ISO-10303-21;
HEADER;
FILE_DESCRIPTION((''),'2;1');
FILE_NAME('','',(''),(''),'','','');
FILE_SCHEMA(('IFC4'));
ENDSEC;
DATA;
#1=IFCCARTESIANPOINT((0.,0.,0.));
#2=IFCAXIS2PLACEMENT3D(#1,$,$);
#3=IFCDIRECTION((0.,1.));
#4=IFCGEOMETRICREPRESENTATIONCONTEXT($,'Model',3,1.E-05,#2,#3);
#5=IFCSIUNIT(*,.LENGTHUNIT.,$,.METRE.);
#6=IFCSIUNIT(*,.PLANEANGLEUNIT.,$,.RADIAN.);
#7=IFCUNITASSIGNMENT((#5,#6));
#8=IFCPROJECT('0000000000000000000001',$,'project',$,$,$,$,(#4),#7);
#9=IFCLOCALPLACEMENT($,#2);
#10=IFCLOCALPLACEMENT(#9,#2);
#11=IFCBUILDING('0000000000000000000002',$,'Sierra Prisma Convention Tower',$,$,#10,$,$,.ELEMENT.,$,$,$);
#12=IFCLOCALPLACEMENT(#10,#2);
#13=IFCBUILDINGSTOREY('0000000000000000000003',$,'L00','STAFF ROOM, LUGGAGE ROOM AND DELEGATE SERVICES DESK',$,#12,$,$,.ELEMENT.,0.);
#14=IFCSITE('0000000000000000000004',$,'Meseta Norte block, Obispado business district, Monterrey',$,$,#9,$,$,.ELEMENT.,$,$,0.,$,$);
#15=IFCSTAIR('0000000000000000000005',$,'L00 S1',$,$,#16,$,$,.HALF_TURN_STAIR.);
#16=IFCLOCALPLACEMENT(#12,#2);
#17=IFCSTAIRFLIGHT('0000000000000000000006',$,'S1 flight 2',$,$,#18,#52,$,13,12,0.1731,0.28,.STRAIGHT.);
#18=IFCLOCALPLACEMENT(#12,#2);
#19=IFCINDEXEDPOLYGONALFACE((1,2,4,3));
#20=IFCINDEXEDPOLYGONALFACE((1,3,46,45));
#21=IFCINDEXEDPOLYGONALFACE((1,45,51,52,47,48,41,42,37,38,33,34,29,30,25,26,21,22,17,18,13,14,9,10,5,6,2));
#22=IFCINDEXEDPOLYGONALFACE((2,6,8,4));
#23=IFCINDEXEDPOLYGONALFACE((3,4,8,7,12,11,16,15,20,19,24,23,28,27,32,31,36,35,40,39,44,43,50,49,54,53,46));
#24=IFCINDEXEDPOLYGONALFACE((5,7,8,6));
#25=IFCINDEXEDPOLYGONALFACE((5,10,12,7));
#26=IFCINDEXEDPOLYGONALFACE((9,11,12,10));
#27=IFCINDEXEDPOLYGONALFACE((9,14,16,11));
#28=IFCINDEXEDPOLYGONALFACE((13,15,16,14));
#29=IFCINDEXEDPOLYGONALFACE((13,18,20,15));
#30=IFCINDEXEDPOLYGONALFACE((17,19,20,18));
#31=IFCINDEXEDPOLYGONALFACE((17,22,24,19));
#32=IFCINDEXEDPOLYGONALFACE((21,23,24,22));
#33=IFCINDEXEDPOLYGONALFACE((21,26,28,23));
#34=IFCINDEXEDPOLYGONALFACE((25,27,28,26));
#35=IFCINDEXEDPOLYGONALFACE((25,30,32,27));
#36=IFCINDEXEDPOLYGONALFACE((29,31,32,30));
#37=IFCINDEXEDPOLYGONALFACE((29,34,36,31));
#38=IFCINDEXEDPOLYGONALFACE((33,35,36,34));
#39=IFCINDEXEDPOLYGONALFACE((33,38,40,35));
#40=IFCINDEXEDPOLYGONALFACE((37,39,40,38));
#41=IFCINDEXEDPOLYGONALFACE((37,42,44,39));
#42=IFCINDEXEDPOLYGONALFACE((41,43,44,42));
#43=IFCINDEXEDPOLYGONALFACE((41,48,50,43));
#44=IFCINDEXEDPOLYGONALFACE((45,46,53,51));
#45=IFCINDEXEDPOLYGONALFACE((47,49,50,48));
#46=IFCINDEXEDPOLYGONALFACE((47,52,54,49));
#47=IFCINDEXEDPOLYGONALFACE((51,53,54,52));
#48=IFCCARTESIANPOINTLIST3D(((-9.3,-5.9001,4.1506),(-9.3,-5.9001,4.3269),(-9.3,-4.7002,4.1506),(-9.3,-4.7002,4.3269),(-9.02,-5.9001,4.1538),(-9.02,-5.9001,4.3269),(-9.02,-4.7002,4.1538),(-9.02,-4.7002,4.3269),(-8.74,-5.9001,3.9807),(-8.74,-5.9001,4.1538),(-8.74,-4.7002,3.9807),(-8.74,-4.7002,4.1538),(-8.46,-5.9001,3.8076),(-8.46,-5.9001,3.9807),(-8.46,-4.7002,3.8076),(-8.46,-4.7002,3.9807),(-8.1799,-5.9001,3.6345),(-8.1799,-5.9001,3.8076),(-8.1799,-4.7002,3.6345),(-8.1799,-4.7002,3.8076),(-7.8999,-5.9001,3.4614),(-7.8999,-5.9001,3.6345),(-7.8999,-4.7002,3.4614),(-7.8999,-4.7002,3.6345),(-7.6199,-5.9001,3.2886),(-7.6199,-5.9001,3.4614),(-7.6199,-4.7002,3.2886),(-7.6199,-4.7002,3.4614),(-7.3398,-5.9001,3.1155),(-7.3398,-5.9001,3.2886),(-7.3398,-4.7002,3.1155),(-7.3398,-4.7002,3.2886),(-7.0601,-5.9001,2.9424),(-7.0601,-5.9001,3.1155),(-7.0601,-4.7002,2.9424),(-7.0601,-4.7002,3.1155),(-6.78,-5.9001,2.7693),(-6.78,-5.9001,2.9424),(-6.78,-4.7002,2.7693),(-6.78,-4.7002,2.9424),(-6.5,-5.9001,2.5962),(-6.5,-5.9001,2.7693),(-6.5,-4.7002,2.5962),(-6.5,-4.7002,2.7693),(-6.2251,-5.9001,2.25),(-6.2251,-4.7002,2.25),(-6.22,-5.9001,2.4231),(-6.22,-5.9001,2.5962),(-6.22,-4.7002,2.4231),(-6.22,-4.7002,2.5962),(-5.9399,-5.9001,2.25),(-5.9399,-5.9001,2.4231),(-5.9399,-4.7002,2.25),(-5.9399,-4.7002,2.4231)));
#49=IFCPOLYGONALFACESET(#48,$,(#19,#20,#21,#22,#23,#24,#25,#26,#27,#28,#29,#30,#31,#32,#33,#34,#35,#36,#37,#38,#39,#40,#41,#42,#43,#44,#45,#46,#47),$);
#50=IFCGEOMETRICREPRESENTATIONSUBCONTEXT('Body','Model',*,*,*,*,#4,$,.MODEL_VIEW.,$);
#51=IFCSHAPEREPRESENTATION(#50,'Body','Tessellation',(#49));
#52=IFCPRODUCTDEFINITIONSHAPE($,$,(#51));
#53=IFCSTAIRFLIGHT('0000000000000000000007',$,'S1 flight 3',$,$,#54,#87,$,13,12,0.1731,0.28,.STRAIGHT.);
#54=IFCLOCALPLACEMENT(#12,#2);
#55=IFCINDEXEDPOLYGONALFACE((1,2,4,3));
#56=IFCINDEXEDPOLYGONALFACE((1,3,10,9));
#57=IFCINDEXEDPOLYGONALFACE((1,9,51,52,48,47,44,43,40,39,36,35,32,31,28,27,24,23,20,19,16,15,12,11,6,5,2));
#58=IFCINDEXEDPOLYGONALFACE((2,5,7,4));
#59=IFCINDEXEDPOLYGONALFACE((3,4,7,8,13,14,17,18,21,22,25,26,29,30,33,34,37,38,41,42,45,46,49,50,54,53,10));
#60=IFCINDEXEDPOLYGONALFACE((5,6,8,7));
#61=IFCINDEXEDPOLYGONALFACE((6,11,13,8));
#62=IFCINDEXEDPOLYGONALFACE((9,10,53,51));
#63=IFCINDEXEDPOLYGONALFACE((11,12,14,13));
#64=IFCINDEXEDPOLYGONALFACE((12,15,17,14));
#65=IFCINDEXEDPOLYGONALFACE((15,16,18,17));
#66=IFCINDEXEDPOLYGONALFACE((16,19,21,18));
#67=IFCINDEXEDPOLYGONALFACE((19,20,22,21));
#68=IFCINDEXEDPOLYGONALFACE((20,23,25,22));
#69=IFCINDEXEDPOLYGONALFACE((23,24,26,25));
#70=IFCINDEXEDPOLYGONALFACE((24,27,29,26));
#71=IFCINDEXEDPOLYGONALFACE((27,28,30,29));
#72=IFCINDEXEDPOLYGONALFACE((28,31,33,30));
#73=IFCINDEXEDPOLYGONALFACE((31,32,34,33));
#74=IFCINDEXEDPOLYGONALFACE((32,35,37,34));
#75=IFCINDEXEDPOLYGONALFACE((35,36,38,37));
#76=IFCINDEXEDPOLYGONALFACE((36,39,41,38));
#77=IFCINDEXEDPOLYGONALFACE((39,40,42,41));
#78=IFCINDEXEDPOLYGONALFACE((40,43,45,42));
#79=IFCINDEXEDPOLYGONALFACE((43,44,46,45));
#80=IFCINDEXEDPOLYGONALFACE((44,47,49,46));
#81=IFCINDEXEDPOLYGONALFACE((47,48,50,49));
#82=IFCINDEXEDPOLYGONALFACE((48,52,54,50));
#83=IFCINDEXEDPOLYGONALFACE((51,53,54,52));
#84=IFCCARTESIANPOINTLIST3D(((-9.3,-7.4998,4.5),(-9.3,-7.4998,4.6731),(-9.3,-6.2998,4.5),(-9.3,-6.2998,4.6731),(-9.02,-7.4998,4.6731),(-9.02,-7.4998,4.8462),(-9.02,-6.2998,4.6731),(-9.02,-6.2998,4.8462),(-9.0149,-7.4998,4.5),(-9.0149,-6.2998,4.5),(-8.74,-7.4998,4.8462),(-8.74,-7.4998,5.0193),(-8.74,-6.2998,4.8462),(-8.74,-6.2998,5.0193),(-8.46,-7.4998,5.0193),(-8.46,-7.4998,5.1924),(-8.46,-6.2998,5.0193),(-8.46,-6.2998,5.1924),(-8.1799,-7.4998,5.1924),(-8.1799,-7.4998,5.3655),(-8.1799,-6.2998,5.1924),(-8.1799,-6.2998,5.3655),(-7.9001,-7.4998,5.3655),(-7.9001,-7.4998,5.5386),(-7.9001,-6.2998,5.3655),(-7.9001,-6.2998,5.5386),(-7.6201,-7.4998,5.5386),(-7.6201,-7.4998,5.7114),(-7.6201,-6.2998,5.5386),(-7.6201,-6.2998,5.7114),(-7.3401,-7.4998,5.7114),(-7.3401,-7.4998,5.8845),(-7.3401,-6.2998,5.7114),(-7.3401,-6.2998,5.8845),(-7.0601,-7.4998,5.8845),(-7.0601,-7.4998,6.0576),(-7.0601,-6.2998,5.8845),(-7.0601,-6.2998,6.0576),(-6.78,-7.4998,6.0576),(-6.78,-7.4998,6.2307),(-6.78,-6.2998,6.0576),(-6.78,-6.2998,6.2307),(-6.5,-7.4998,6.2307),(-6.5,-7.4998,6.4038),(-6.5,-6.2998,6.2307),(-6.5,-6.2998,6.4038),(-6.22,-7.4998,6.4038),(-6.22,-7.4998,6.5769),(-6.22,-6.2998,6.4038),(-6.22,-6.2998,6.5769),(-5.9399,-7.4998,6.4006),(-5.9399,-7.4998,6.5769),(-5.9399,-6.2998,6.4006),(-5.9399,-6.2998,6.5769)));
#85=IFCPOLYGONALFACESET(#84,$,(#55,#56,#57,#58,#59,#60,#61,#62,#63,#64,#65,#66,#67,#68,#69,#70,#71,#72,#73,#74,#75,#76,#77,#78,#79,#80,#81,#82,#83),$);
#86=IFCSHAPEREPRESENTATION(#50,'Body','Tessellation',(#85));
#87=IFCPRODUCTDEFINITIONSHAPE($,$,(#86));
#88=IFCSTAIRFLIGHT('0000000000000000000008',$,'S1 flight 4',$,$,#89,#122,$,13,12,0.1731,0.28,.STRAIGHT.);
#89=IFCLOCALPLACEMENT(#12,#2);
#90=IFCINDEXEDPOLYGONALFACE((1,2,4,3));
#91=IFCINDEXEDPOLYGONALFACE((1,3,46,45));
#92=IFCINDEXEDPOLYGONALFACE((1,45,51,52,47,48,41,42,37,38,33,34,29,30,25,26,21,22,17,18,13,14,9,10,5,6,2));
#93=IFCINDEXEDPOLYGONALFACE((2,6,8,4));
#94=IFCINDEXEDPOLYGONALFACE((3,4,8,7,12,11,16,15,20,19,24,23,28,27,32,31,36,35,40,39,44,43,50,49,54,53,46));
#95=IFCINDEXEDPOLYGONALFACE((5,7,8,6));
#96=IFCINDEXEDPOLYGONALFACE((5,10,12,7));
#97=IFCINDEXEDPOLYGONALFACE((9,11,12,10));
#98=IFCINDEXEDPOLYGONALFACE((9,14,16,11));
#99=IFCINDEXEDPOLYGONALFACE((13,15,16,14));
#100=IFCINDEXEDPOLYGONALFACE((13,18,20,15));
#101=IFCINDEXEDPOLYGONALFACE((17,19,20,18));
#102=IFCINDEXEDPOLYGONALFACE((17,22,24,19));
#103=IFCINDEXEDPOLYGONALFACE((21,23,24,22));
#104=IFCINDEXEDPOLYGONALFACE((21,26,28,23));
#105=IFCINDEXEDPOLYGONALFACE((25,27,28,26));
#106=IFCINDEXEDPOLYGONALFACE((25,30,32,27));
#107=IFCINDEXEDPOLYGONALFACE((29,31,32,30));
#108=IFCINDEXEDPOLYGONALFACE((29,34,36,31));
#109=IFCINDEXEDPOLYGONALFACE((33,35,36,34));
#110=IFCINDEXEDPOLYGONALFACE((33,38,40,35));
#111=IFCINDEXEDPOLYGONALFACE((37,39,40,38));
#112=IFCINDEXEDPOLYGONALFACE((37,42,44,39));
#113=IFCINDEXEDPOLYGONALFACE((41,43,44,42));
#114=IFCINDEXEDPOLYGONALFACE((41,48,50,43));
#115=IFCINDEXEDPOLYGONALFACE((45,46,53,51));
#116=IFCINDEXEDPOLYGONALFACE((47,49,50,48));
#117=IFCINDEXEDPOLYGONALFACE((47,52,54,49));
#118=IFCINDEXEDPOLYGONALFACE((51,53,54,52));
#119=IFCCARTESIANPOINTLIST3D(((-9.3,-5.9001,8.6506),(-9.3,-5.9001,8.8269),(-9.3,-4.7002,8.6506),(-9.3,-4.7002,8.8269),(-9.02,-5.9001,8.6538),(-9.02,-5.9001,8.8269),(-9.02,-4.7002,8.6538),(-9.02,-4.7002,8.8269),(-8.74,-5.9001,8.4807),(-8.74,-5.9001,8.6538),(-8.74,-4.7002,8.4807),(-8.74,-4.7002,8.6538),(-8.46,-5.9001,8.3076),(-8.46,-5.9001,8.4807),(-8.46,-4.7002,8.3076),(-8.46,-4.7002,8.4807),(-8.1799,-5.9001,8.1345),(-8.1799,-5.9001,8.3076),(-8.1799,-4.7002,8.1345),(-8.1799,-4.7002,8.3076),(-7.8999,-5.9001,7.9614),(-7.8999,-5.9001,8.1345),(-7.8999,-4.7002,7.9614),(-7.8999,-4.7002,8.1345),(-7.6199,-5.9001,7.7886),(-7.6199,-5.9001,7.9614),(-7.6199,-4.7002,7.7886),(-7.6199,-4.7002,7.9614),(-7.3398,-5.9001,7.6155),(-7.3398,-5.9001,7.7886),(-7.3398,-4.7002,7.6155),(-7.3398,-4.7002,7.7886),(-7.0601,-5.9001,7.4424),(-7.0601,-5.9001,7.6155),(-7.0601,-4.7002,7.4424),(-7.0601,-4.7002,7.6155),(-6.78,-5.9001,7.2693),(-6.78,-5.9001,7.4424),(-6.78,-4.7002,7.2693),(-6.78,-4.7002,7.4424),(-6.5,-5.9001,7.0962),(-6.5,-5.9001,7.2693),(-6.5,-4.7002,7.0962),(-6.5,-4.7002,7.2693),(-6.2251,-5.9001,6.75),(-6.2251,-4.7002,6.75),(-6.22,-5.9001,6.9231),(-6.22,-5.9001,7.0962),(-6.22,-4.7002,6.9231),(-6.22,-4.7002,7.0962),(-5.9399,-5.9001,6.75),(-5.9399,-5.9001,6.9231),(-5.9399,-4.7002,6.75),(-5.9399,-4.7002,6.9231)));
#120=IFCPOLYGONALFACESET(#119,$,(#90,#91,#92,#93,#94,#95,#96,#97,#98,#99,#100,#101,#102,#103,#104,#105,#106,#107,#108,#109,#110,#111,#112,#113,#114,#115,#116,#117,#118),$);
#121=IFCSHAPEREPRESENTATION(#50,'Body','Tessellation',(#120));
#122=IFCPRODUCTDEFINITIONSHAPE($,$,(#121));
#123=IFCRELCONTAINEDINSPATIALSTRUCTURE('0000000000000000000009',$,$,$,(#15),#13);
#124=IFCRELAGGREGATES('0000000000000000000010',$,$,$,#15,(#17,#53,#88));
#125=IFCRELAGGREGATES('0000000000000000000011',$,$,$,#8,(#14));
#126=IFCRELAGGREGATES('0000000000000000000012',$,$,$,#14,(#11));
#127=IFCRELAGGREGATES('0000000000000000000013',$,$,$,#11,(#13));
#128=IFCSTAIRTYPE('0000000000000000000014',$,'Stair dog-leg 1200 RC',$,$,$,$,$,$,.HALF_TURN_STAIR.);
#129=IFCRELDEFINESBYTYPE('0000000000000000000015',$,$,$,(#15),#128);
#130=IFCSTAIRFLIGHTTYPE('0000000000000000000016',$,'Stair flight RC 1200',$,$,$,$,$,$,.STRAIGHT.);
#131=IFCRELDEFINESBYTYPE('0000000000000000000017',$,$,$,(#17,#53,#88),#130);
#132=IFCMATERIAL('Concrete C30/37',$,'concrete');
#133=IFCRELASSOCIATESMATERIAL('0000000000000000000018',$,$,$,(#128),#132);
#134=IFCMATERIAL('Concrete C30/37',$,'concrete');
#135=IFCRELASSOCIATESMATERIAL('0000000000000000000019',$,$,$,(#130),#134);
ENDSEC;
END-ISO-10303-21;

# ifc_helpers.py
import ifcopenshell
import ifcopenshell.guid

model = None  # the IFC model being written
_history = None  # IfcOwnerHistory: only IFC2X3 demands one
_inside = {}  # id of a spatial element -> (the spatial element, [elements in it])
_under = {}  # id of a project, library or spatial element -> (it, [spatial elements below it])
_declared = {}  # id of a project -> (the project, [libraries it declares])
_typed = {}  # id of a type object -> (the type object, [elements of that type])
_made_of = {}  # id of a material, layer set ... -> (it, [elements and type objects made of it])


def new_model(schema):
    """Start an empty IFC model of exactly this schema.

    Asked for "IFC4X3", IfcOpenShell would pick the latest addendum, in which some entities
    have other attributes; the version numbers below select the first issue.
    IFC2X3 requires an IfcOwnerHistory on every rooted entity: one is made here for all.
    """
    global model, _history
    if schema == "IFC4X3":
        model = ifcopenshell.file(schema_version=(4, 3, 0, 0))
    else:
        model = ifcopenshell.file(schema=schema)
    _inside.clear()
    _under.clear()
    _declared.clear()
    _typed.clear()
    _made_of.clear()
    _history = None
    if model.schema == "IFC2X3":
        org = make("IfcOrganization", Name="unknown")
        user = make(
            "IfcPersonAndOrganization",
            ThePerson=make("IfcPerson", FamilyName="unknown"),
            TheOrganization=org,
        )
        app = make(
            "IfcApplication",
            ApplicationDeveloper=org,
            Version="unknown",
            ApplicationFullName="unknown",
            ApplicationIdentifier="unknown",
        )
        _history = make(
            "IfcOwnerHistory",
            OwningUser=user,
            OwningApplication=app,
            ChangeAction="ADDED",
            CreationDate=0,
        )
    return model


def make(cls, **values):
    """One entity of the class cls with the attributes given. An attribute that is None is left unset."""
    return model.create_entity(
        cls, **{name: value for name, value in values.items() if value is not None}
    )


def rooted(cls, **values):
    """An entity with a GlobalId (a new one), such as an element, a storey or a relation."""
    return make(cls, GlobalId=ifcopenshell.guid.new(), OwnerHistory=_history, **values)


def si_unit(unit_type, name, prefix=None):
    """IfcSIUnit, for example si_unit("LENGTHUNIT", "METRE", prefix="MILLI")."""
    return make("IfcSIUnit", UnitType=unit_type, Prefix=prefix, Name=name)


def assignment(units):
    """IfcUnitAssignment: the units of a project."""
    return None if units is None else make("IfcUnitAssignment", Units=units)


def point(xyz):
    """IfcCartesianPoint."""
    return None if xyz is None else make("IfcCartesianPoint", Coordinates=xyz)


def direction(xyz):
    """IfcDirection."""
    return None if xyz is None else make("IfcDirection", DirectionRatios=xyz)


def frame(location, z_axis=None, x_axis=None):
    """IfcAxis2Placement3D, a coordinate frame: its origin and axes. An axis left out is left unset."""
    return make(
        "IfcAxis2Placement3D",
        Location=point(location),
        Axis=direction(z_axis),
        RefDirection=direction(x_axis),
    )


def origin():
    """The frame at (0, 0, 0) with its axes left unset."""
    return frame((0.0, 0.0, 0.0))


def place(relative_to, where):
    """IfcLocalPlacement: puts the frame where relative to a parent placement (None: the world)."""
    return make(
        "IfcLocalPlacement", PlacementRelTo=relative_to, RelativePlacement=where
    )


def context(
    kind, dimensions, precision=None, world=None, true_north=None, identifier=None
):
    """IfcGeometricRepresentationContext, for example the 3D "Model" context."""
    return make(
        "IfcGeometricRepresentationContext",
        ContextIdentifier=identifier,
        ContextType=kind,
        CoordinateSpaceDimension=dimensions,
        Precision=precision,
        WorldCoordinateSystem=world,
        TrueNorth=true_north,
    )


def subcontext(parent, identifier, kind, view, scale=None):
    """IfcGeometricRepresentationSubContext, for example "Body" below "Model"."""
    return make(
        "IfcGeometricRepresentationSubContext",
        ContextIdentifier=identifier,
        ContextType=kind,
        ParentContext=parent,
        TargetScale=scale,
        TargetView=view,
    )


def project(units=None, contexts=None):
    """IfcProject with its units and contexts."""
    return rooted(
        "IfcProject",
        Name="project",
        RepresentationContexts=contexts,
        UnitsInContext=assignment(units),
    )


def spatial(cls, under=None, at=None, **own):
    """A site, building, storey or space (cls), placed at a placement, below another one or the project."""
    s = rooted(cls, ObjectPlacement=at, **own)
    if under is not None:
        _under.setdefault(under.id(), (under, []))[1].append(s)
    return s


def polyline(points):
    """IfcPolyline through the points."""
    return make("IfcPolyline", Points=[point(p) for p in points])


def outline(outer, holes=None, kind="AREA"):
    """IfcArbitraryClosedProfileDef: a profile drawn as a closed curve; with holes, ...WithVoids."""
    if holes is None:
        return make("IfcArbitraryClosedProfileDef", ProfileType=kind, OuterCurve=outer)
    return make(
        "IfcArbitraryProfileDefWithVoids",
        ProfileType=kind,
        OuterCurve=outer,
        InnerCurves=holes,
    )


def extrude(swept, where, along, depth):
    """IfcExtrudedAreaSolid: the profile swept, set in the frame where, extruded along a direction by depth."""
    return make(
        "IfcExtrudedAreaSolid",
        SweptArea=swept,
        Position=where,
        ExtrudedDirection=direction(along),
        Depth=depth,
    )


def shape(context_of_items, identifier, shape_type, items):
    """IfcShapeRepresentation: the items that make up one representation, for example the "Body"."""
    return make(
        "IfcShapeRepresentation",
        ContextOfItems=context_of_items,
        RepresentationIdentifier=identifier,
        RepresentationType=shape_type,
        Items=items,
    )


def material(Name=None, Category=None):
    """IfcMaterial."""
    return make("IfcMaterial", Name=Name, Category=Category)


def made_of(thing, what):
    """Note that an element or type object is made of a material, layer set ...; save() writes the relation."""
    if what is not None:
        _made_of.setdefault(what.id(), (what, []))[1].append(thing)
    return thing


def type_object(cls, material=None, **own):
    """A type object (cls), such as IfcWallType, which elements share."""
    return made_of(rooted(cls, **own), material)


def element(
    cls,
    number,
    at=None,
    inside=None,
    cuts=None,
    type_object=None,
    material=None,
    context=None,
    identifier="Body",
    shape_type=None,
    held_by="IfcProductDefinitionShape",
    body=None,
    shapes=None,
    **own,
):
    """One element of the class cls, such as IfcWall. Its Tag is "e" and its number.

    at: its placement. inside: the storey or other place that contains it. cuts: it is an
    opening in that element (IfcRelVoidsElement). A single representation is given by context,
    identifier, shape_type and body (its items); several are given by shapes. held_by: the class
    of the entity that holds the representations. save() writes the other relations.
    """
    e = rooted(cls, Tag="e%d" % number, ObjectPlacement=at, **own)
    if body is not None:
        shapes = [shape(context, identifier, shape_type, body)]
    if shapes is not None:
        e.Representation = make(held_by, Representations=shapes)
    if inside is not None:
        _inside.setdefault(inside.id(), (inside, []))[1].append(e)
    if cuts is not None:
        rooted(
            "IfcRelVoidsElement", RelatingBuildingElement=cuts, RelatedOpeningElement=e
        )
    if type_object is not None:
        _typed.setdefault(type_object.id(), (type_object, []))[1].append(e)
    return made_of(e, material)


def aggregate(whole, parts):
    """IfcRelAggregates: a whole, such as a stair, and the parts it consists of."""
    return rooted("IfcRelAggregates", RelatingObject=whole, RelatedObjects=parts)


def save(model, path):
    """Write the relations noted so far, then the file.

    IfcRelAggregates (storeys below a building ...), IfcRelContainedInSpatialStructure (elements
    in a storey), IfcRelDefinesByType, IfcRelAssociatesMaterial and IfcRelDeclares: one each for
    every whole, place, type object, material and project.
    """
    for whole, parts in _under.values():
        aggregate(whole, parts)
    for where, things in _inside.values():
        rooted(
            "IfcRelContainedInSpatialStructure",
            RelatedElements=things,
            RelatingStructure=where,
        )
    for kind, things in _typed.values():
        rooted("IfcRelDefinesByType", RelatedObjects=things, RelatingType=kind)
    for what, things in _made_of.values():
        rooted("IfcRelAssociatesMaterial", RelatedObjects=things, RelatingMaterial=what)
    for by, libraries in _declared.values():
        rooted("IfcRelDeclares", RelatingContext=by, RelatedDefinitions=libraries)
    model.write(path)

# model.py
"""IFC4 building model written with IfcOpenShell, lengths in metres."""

from ifc_helpers import new_model, si_unit, direction, frame, origin, place, context, subcontext, project, spatial, polyline, outline, extrude, material, type_object, element, aggregate, save


model = new_model("IFC4")

# Units and contexts
model_context = context("Model", 3, precision=1e-05, world=origin(), true_north=direction((0.0, 1.0)))
body_context = subcontext(model_context, "Body", "Model", "MODEL_VIEW")
ifc_project = project(units=[si_unit("LENGTHUNIT", "METRE"), si_unit("PLANEANGLEUNIT", "RADIAN")], contexts=[model_context])

# Site, building, storey
site_placement = place(None, origin())
site = spatial("IfcSite", under=ifc_project, at=site_placement, Name="Meseta Norte block, Obispado business district, Monterrey", CompositionType="ELEMENT", RefElevation=0.0)
building_placement = place(site_placement, origin())
building = spatial("IfcBuilding", under=site, at=building_placement, Name="Sierra Prisma Convention Tower", CompositionType="ELEMENT")
storey_placement = place(building_placement, origin())
storey = spatial("IfcBuildingStorey", under=building, at=storey_placement, Name="L00", Description="STAFF ROOM, LUGGAGE ROOM AND DELEGATE SERVICES DESK", CompositionType="ELEMENT", Elevation=0.0)

# Stair, stair flights
ifc_material_1 = material(Name="Concrete C30/37", Category="concrete")
stair_type = type_object("IfcStairType", Name="Stair dog-leg 1200 RC", PredefinedType="HALF_TURN_STAIR", material=ifc_material_1)
stair_placement = place(storey_placement, origin())
stair = element("IfcStair", 1, at=stair_placement, inside=storey, type_object=stair_type, Name="L00 S1", PredefinedType="HALF_TURN_STAIR")
ifc_material_2 = material(Name="Concrete C30/37", Category="concrete")
stair_flight_type = type_object("IfcStairFlightType", Name="Stair flight RC 1200", PredefinedType="STRAIGHT", material=ifc_material_2)
stair_flight_1_placement = place(storey_placement, frame((-5.9399, -5.3, 2.25), z_axis=(0.0, 0.0, 1.0), x_axis=(-1.0, 0.0, 0.0)))
stair_flight_1 = element("IfcStairFlight", 2, at=stair_flight_1_placement, type_object=stair_flight_type, Name="S1 flight 2", NumberOfRisers=13, NumberOfTreads=12, PredefinedType="STRAIGHT", RiserHeight=0.1731, TreadLength=0.28, context=body_context, shape_type="SweptSolid", body=[
    extrude(outline(polyline([(0.0, 0.0), (0.0, 0.1731), (0.28, 0.1731), (0.28, 0.3462), (0.5601, 0.3462), (0.5601, 0.5193), (0.8401, 0.5193), (0.8401, 0.6924), (1.1201, 0.6924), (1.1201, 0.8655), (1.3999, 0.8655), (1.3999, 1.0386), (1.6799, 1.0386), (1.6799, 1.2114), (1.96, 1.2114), (1.96, 1.3845), (2.24, 1.3845), (2.24, 1.5576), (2.52, 1.5576), (2.52, 1.7307), (2.8, 1.7307), (2.8, 1.9038), (3.0801, 1.9038), (3.0801, 2.0769), (3.3601, 2.0769), (3.3601, 2.25), (3.3601, 1.9006), (0.2852, 0.0), (0.0, 0.0)])), frame((0.0, 0.6001, 0.0), z_axis=(0.0, -1.0, 0.0), x_axis=(1.0, 0.0, 0.0)), (0.0, 0.0, 1.0), 1.2),
])
stair_flight_2_placement = place(storey_placement, frame((-9.3, -6.8999, 4.5), z_axis=(0.0, 0.0, 1.0), x_axis=(1.0, 0.0, 0.0)))
stair_flight_2 = element("IfcStairFlight", 3, at=stair_flight_2_placement, type_object=stair_flight_type, Name="S1 flight 3", NumberOfRisers=13, NumberOfTreads=12, PredefinedType="STRAIGHT", RiserHeight=0.1731, TreadLength=0.28, context=body_context, shape_type="SweptSolid", body=[
    extrude(outline(polyline([(0.0, 0.0), (0.0, 0.1731), (0.28, 0.1731), (0.28, 0.3462), (0.5601, 0.3462), (0.5601, 0.5193), (0.8401, 0.5193), (0.8401, 0.6924), (1.1201, 0.6924), (1.1201, 0.8655), (1.3999, 0.8655), (1.3999, 1.0386), (1.6799, 1.0386), (1.6799, 1.2114), (1.96, 1.2114), (1.96, 1.3845), (2.24, 1.3845), (2.24, 1.5576), (2.52, 1.5576), (2.52, 1.7307), (2.8, 1.7307), (2.8, 1.9038), (3.0801, 1.9038), (3.0801, 2.0769), (3.3601, 2.0769), (3.3601, 2.25), (3.3601, 1.9006), (0.2852, 0.0), (0.0, 0.0)])), frame((0.0, 0.6001, 0.0), z_axis=(0.0, -1.0, 0.0), x_axis=(1.0, 0.0, 0.0)), (0.0, 0.0, 1.0), 1.2),
])
stair_flight_3_placement = place(storey_placement, frame((-5.9399, -5.3, 6.75), z_axis=(0.0, 0.0, 1.0), x_axis=(-1.0, 0.0, 0.0)))
stair_flight_3 = element("IfcStairFlight", 4, at=stair_flight_3_placement, type_object=stair_flight_type, Name="S1 flight 4", NumberOfRisers=13, NumberOfTreads=12, PredefinedType="STRAIGHT", RiserHeight=0.1731, TreadLength=0.28, context=body_context, shape_type="SweptSolid", body=[
    extrude(outline(polyline([(0.0, 0.0), (0.0, 0.1731), (0.28, 0.1731), (0.28, 0.3462), (0.5601, 0.3462), (0.5601, 0.5193), (0.8401, 0.5193), (0.8401, 0.6924), (1.1201, 0.6924), (1.1201, 0.8655), (1.3999, 0.8655), (1.3999, 1.0386), (1.6799, 1.0386), (1.6799, 1.2114), (1.96, 1.2114), (1.96, 1.3845), (2.24, 1.3845), (2.24, 1.5576), (2.52, 1.5576), (2.52, 1.7307), (2.8, 1.7307), (2.8, 1.9038), (3.0801, 1.9038), (3.0801, 2.0769), (3.3601, 2.0769), (3.3601, 2.25), (3.3601, 1.9006), (0.2852, 0.0), (0.0, 0.0)])), frame((0.0, 0.6001, 0.0), z_axis=(0.0, -1.0, 0.0), x_axis=(1.0, 0.0, 0.0)), (0.0, 0.0, 1.0), 1.2),
])
aggregate(stair, [stair_flight_1, stair_flight_2, stair_flight_3])

save(model, "model.ifc")
